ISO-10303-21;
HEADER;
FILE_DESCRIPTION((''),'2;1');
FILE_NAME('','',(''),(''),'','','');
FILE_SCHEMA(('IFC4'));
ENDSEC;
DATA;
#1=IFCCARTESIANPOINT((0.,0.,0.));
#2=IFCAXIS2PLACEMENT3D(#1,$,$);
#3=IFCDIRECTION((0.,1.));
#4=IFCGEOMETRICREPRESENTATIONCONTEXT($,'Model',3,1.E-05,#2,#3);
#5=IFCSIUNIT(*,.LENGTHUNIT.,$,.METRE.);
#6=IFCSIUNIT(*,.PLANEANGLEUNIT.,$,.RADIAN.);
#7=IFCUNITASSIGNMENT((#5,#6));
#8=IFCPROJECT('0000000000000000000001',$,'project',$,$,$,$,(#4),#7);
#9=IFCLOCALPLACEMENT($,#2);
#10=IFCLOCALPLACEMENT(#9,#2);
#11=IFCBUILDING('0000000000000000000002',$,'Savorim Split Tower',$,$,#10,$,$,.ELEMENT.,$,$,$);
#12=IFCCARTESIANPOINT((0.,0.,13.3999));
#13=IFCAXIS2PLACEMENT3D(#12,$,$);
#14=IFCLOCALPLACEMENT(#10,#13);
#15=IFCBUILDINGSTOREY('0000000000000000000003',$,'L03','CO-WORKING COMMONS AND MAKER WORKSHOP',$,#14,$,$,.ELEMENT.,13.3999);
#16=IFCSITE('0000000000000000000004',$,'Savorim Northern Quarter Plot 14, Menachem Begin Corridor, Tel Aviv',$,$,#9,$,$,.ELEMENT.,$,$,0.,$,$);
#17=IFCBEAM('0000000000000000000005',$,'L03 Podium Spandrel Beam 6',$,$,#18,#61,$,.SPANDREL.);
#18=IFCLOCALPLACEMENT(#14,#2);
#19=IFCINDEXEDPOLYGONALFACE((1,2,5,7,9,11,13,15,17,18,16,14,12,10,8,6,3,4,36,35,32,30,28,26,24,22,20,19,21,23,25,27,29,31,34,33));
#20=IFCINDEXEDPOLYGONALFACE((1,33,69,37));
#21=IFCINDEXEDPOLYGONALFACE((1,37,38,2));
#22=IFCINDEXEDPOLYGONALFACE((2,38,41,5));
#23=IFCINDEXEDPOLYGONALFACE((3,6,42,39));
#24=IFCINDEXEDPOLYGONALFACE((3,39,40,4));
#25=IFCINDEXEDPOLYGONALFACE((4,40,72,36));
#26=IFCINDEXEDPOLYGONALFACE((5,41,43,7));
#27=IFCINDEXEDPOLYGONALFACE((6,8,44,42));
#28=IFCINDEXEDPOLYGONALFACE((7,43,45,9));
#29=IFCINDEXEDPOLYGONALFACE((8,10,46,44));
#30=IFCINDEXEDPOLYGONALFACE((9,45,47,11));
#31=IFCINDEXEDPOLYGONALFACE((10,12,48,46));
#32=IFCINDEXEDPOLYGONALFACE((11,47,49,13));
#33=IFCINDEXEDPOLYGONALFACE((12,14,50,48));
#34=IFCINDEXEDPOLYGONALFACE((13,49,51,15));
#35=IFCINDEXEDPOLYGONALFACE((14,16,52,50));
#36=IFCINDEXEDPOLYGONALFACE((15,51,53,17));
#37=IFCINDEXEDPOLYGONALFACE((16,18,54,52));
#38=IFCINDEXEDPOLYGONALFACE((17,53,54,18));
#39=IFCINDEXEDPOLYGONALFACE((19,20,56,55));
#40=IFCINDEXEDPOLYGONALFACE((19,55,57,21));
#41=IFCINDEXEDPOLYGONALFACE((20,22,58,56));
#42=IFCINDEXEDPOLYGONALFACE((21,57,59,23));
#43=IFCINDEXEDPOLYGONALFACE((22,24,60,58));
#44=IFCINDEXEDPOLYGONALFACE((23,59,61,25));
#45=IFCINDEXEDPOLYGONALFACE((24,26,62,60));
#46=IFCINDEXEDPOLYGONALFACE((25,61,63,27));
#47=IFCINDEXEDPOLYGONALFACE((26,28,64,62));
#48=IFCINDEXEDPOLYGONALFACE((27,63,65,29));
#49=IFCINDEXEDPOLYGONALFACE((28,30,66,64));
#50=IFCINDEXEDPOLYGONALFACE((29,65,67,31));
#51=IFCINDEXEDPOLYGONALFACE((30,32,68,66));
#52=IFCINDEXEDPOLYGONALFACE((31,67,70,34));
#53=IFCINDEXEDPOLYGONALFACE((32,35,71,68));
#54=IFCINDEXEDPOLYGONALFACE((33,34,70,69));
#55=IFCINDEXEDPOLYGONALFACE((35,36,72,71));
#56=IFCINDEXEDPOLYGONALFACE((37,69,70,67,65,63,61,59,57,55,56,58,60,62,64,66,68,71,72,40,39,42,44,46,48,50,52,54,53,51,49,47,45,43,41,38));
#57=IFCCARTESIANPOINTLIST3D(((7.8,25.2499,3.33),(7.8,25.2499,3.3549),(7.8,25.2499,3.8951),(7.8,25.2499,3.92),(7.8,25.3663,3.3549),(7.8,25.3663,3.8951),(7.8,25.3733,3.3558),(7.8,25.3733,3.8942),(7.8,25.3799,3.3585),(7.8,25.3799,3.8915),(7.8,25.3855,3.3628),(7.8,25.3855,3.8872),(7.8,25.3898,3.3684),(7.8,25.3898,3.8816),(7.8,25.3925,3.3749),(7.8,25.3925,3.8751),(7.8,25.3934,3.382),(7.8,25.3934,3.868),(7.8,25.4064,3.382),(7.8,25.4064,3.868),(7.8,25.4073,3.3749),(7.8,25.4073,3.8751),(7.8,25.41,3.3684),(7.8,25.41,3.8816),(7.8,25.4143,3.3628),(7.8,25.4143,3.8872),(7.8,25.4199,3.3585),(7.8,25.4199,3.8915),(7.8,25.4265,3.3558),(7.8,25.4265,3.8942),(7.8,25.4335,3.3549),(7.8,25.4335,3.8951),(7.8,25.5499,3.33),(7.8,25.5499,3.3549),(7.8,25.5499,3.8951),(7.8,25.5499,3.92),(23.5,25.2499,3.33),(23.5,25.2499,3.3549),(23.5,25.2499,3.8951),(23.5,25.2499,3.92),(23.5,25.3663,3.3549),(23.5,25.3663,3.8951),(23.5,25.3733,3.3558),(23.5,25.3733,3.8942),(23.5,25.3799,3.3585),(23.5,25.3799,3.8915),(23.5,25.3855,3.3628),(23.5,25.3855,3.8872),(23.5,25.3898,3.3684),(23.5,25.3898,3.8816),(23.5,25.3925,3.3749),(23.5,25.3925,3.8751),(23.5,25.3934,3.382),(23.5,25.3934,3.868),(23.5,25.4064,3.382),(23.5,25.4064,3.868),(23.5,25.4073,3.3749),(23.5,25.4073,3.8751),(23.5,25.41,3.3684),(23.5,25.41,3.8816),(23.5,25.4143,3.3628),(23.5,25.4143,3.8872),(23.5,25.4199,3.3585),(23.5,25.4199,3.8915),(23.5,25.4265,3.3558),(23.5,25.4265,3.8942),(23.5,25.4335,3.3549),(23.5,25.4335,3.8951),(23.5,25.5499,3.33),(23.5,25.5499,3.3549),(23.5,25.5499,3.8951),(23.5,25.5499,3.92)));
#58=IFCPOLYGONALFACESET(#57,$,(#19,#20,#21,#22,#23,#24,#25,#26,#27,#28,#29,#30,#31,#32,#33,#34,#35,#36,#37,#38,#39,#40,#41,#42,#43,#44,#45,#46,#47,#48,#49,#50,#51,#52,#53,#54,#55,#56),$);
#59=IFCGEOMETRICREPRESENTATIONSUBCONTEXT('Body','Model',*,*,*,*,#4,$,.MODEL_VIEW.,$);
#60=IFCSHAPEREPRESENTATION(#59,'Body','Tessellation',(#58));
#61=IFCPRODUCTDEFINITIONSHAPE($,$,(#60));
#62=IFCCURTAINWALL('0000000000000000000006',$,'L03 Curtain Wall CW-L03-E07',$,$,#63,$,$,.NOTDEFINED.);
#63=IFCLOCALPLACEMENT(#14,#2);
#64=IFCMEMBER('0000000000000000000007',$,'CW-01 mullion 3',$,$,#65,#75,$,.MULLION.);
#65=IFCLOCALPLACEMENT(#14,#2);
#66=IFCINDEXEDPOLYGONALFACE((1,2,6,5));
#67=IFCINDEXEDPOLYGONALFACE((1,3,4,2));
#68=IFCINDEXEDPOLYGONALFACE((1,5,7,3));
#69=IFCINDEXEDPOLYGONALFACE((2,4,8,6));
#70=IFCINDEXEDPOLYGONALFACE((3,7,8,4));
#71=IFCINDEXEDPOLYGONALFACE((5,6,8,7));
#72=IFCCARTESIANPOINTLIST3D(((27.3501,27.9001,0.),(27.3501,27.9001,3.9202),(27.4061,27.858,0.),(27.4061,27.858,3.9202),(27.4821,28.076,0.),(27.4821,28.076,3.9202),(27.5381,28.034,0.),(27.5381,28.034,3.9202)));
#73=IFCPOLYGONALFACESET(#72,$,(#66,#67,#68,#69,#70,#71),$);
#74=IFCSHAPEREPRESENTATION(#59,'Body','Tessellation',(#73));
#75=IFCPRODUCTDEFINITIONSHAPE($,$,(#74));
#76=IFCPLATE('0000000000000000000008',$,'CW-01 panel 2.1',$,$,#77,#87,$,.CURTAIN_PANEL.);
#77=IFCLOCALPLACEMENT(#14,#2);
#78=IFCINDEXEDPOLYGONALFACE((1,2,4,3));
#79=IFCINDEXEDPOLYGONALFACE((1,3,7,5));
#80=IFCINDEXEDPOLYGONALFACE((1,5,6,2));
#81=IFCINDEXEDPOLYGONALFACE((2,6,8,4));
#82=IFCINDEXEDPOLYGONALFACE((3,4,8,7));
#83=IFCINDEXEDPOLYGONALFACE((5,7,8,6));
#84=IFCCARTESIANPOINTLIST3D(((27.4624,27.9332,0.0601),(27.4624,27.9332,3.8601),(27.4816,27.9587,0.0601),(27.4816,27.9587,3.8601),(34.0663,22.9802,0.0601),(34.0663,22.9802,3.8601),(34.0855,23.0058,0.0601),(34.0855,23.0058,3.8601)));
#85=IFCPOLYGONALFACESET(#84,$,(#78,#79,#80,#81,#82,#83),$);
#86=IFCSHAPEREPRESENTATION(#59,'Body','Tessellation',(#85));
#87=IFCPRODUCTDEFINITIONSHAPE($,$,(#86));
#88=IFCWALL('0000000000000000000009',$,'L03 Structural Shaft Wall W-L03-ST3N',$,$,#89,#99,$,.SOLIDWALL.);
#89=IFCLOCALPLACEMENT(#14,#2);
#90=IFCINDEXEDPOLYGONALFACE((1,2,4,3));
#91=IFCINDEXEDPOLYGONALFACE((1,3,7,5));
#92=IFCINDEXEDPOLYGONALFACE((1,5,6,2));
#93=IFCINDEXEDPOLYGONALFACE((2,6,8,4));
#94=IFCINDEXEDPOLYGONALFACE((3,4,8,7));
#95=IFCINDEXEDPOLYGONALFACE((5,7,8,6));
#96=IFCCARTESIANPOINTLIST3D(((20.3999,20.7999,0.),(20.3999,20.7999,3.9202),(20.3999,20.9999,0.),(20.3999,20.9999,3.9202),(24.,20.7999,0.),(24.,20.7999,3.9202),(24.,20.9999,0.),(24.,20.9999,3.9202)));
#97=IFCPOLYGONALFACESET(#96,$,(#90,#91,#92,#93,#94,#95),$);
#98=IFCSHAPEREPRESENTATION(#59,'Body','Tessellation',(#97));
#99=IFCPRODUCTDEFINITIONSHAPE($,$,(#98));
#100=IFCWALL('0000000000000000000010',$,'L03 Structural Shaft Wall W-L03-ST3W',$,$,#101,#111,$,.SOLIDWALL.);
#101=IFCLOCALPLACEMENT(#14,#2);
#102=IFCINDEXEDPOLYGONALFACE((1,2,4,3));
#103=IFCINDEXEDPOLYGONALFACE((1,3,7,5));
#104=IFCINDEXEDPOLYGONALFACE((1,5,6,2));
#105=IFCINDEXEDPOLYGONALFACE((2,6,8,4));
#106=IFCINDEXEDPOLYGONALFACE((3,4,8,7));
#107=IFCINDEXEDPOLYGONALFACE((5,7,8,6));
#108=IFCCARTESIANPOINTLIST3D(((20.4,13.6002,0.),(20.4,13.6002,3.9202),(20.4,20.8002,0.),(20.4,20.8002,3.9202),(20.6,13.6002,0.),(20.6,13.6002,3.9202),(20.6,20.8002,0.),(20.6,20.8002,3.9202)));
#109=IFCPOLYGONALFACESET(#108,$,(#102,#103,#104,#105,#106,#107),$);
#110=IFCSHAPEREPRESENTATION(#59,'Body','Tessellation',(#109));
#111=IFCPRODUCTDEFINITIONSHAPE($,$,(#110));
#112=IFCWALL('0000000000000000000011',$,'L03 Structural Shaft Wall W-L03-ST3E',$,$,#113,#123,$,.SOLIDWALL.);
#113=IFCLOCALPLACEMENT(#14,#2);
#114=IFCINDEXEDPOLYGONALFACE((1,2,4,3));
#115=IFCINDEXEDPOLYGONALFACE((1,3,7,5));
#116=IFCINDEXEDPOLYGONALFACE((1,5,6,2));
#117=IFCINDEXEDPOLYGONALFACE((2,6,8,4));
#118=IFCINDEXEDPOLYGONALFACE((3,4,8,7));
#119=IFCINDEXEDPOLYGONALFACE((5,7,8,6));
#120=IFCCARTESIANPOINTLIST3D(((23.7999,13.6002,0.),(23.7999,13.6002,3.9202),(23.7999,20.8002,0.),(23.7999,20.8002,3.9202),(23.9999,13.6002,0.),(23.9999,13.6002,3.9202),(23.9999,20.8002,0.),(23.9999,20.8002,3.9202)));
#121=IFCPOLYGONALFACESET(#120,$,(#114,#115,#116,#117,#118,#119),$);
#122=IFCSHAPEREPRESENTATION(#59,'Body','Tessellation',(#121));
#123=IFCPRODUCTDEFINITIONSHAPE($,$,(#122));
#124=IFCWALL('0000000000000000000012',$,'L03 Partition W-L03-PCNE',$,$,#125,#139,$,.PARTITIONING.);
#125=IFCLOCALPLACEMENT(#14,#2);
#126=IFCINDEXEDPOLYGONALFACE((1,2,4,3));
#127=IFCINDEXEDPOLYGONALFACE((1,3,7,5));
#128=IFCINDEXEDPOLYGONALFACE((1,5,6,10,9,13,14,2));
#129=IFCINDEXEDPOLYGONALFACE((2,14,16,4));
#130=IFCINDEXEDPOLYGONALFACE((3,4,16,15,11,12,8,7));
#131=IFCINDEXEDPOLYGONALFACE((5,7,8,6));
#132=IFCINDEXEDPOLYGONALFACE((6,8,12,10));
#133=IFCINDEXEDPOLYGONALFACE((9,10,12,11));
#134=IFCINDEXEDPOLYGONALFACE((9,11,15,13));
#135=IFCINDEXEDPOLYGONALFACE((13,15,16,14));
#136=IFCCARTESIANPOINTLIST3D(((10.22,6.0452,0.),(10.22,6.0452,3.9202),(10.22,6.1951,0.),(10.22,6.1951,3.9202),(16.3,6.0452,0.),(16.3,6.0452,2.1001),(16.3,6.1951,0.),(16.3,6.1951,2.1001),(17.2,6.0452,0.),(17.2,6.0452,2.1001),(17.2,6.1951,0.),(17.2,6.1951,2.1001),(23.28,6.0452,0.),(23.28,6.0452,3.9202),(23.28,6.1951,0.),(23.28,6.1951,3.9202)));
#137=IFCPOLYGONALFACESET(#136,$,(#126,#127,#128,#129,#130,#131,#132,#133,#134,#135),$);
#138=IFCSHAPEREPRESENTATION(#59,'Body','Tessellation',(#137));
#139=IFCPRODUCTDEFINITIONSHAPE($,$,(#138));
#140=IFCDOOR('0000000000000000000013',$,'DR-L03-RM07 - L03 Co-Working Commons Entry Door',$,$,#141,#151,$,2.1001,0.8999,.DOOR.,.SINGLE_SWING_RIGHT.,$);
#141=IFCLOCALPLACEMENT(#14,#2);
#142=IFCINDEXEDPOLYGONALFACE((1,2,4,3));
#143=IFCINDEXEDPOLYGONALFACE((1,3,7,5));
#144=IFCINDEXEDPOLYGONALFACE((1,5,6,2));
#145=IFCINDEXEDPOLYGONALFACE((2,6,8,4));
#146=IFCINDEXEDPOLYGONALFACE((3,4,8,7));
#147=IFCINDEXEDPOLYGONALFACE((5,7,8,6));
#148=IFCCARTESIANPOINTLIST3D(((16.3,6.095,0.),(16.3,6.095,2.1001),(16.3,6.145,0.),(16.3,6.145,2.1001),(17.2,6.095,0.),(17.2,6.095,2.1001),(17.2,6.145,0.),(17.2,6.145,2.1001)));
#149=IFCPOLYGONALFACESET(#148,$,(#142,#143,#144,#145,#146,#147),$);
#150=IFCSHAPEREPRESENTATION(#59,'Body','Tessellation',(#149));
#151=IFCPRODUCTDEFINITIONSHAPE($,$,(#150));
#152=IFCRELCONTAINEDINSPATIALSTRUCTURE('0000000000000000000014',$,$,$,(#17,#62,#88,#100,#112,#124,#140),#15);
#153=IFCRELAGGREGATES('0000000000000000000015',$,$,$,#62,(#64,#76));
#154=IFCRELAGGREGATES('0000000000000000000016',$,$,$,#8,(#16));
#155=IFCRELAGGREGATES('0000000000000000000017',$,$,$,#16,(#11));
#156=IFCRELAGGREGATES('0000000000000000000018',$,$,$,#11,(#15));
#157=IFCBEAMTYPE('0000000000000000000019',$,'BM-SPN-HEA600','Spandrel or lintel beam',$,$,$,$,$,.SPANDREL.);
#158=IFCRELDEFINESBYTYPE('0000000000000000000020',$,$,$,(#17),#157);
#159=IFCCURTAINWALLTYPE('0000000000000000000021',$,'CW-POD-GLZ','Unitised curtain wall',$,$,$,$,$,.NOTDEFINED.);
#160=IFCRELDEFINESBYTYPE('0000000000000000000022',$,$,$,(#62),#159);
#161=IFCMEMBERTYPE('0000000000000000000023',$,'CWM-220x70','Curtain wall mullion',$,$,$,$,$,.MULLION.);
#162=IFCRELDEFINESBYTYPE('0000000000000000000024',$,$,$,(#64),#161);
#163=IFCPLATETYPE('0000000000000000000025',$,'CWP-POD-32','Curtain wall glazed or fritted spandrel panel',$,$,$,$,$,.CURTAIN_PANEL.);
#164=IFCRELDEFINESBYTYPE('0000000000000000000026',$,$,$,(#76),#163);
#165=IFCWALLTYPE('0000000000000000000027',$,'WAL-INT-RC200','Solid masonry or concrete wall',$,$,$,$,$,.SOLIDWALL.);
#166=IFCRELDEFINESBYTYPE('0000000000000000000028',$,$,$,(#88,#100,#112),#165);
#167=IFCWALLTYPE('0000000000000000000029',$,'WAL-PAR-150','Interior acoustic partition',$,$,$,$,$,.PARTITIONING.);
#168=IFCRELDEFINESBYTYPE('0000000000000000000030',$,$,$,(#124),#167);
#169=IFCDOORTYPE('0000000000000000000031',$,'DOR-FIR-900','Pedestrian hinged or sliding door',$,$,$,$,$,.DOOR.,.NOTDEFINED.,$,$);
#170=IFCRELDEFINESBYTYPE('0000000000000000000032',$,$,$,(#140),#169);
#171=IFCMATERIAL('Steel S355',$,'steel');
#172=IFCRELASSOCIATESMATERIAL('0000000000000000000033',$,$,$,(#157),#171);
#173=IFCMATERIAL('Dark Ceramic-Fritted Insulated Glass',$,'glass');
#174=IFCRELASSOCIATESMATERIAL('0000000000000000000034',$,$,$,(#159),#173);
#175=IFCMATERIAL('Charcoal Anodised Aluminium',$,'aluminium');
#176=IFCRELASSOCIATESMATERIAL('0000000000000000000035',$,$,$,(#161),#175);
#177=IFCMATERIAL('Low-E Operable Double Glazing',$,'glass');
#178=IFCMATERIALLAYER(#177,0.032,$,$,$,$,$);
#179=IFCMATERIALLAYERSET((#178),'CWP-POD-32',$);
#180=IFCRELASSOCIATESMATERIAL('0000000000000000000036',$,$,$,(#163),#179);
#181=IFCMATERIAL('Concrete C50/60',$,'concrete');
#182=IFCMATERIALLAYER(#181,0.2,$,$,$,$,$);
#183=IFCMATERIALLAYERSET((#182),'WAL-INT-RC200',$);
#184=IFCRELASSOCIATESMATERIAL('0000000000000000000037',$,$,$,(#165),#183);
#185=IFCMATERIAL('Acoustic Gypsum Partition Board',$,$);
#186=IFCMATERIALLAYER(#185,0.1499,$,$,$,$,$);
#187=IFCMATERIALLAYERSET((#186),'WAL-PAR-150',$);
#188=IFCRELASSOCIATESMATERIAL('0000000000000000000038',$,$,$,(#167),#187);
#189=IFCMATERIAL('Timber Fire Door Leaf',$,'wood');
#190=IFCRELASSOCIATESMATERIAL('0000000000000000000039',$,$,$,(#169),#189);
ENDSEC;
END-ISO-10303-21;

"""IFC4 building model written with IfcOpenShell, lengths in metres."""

from ifc_helpers import new_model, si_unit, direction, frame, frame_2d, origin, origin_2d, place, context, subcontext, project, spatial, rectangle, i_section, extrude, material, layer, layer_set, material_profile, profile_set, type_object, element, fill, aggregate, save


model = new_model("IFC4")

# Units and contexts
model_context = context("Model", 3, precision=1e-05, world=origin(), true_north=direction((0.0, 1.0)))
body_context = subcontext(model_context, "Body", "Model", "MODEL_VIEW")
ifc_project = project(units=[si_unit("LENGTHUNIT", "METRE"), si_unit("PLANEANGLEUNIT", "RADIAN")], contexts=[model_context])

# Site, building, storey
site_placement = place(None, origin())
site = spatial("IfcSite", under=ifc_project, at=site_placement, Name="Savorim Northern Quarter Plot 14, Menachem Begin Corridor, Tel Aviv", CompositionType="ELEMENT", RefElevation=0.0)
building_placement = place(site_placement, origin())
building = spatial("IfcBuilding", under=site, at=building_placement, Name="Savorim Split Tower", CompositionType="ELEMENT")
storey_placement = place(building_placement, frame((0.0, 0.0, 13.3999)))
storey = spatial("IfcBuildingStorey", under=building, at=storey_placement, Name="L03", Description="CO-WORKING COMMONS AND MAKER WORKSHOP", CompositionType="ELEMENT", Elevation=13.3999)

# Beam
ifc_material_1 = material(Name="Steel S355", Category="steel")
ifc_material_profile_1 = material_profile(ifc_material_1, i_section(OverallWidth=0.3, OverallDepth=0.5901, WebThickness=0.0129, FlangeThickness=0.0249, FilletRadius=0.0271, at=origin_2d()), Name="HEA 600")
ifc_profile_set_1 = profile_set([ifc_material_profile_1], Name="Steel S355")
beam_type_1 = type_object("IfcBeamType", Name="BM-SPN-HEA600", Description="Spandrel or lintel beam", PredefinedType="SPANDREL", material=ifc_profile_set_1)
beam_1_placement = place(storey_placement, frame((23.5, 25.3999, 3.625), z_axis=(-1.0, 0.0, 0.0), x_axis=(0.0, -1.0, 0.0)))
element("IfcBeam", 1, at=beam_1_placement, inside=storey, type_object=beam_type_1, Name="L03 Podium Spandrel Beam 6", PredefinedType="SPANDREL", context=body_context, shape_type="SweptSolid", body=[
    extrude(i_section(OverallWidth=0.3, OverallDepth=0.5901, WebThickness=0.0129, FlangeThickness=0.0249, FilletRadius=0.0271, at=origin_2d()), origin(), (0.0, 0.0, 1.0), 15.7),
])

# Curtain wall, member, plate
ifc_material_2 = material(Name="Dark Ceramic-Fritted Insulated Glass", Category="glass")
curtain_wall_type = type_object("IfcCurtainWallType", Name="CW-POD-GLZ", Description="Unitised curtain wall", PredefinedType="NOTDEFINED", material=ifc_material_2)
curtain_wall_placement = place(storey_placement, origin())
curtain_wall = element("IfcCurtainWall", 2, at=curtain_wall_placement, inside=storey, type_object=curtain_wall_type, Name="L03 Curtain Wall CW-L03-E07", PredefinedType="NOTDEFINED")
ifc_material_3 = material(Name="Charcoal Anodised Aluminium", Category="aluminium")
ifc_material_profile_2 = material_profile(ifc_material_3, rectangle(XDim=0.22, YDim=0.0701, at=origin_2d()), Name="ALU-M 220x70")
ifc_profile_set_2 = profile_set([ifc_material_profile_2], Name="Charcoal Anodised Aluminium")
member_type = type_object("IfcMemberType", Name="CWM-220x70", Description="Curtain wall mullion", PredefinedType="MULLION", material=ifc_profile_set_2)
member_placement = place(storey_placement, frame((27.4441, 27.967, 0.0), z_axis=(0.0, 0.0, 1.0), x_axis=(-0.6, -0.8, 0.0)))
member = element("IfcMember", 3, at=member_placement, type_object=member_type, Name="CW-01 mullion 3", PredefinedType="MULLION", context=body_context, shape_type="SweptSolid", body=[
    extrude(rectangle(XDim=0.22, YDim=0.0701, at=origin_2d()), origin(), (0.0, 0.0, 1.0), 3.9202),
])
ifc_material_4 = material(Name="Low-E Operable Double Glazing", Category="glass")
ifc_layer_1 = layer(ifc_material_4, 0.032)
ifc_layer_set_1 = layer_set([ifc_layer_1], Name="CWP-POD-32")
plate_type = type_object("IfcPlateType", Name="CWP-POD-32", Description="Curtain wall glazed or fritted spandrel panel", PredefinedType="CURTAIN_PANEL", material=ifc_layer_set_1)
plate_placement = place(storey_placement, frame((30.7739, 25.4695, 0.0601), z_axis=(0.0, 0.0, 1.0), x_axis=(-0.8, 0.6, 0.0)))
plate = element("IfcPlate", 4, at=plate_placement, type_object=plate_type, Name="CW-01 panel 2.1", PredefinedType="CURTAIN_PANEL", context=body_context, shape_type="SweptSolid", body=[
    extrude(rectangle(XDim=8.2549, YDim=0.032, at=origin_2d()), origin(), (0.0, 0.0, 1.0), 3.8),
])
aggregate(curtain_wall, [member, plate])

# Shared definitions
ifc_material_5 = material(Name="Concrete C50/60", Category="concrete")
ifc_layer_2 = layer(ifc_material_5, 0.2)
ifc_layer_set_2 = layer_set([ifc_layer_2], Name="WAL-INT-RC200")
wall_type_1 = type_object("IfcWallType", Name="WAL-INT-RC200", Description="Solid masonry or concrete wall", PredefinedType="SOLIDWALL", material=ifc_layer_set_2)
ifc_material_6 = material(Name="Timber Fire Door Leaf", Category="wood")

# Walls
wall_1_placement = place(storey_placement, frame((20.3999, 20.8999, 0.0), z_axis=(0.0, 0.0, 1.0), x_axis=(1.0, 0.0, 0.0)))
element("IfcWall", 5, at=wall_1_placement, inside=storey, type_object=wall_type_1, Name="L03 Structural Shaft Wall W-L03-ST3N", PredefinedType="SOLIDWALL", context=body_context, shape_type="SweptSolid", body=[
    extrude(rectangle(XDim=3.6001, YDim=0.2, at=frame_2d((1.8, 0.0))), origin(), (0.0, 0.0, 1.0), 3.9202),
])
for number, where, z_axis, x_axis, name in (
    (6, (20.5, 13.6001, 0.0), (0.0, 0.0, 1.0), (0.0, 1.0, 0.0), "L03 Structural Shaft Wall W-L03-ST3W"),
    (7, (23.8999, 13.6001, 0.0), (0.0, 0.0, 1.0), (0.0, 1.0, 0.0), "L03 Structural Shaft Wall W-L03-ST3E"),
):
    element("IfcWall", number, at=place(storey_placement, frame(where, z_axis=z_axis, x_axis=x_axis)), inside=storey, type_object=wall_type_1, Name=name, PredefinedType="SOLIDWALL", context=body_context, shape_type="SweptSolid", body=[
        extrude(rectangle(XDim=7.2, YDim=0.2, at=frame_2d((3.6001, 0.0))), origin(), (0.0, 0.0, 1.0), 3.9202),
    ])

# Wall, opening, door
ifc_material_7 = material(Name="Acoustic Gypsum Partition Board")
ifc_layer_3 = layer(ifc_material_7, 0.1499)
ifc_layer_set_3 = layer_set([ifc_layer_3], Name="WAL-PAR-150")
wall_type_2 = type_object("IfcWallType", Name="WAL-PAR-150", Description="Interior acoustic partition", PredefinedType="PARTITIONING", material=ifc_layer_set_3)
wall_2_placement = place(storey_placement, frame((10.22, 6.1201, 0.0), z_axis=(0.0, 0.0, 1.0), x_axis=(1.0, 0.0, 0.0)))
wall_2 = element("IfcWall", 8, at=wall_2_placement, inside=storey, type_object=wall_type_2, Name="L03 Partition W-L03-PCNE", PredefinedType="PARTITIONING", context=body_context, shape_type="SweptSolid", body=[
    extrude(rectangle(XDim=13.0601, YDim=0.1499, at=frame_2d((6.53, 0.0))), origin(), (0.0, 0.0, 1.0), 3.9202),
])
opening_1_placement = place(wall_2_placement, frame((6.0801, 0.0, 0.0)))
opening_1 = element("IfcOpeningElement", 9, at=opening_1_placement, cuts=wall_2, PredefinedType="OPENING", context=body_context, shape_type="SweptSolid", body=[
    extrude(rectangle(XDim=0.8999, YDim=2.1001, at=frame_2d((0.45, 1.05))), frame((0.0, 0.085, 0.0), z_axis=(0.0, -1.0, 0.0), x_axis=(1.0, 0.0, 0.0)), (0.0, 0.0, 1.0), 0.1699),
])
door_type_1 = type_object("IfcDoorType", Name="DOR-FIR-900", Description="Pedestrian hinged or sliding door", OperationType="NOTDEFINED", PredefinedType="DOOR", material=ifc_material_6)
door_1_placement = place(opening_1_placement, origin())
door_1 = element("IfcDoor", 10, at=door_1_placement, inside=storey, type_object=door_type_1, Name="DR-L03-RM07 - L03 Co-Working Commons Entry Door", OperationType="SINGLE_SWING_RIGHT", OverallHeight=2.1001, OverallWidth=0.8999, PredefinedType="DOOR", context=body_context, shape_type="SweptSolid", body=[
    extrude(rectangle(XDim=0.8999, YDim=2.1001, at=frame_2d((0.45, 1.05))), frame((0.0, 0.0249, 0.0), z_axis=(0.0, -1.0, 0.0), x_axis=(1.0, 0.0, 0.0)), (0.0, 0.0, 1.0), 0.05),
])
fill(opening_1, door_1)

save(model, "model.ifc")
